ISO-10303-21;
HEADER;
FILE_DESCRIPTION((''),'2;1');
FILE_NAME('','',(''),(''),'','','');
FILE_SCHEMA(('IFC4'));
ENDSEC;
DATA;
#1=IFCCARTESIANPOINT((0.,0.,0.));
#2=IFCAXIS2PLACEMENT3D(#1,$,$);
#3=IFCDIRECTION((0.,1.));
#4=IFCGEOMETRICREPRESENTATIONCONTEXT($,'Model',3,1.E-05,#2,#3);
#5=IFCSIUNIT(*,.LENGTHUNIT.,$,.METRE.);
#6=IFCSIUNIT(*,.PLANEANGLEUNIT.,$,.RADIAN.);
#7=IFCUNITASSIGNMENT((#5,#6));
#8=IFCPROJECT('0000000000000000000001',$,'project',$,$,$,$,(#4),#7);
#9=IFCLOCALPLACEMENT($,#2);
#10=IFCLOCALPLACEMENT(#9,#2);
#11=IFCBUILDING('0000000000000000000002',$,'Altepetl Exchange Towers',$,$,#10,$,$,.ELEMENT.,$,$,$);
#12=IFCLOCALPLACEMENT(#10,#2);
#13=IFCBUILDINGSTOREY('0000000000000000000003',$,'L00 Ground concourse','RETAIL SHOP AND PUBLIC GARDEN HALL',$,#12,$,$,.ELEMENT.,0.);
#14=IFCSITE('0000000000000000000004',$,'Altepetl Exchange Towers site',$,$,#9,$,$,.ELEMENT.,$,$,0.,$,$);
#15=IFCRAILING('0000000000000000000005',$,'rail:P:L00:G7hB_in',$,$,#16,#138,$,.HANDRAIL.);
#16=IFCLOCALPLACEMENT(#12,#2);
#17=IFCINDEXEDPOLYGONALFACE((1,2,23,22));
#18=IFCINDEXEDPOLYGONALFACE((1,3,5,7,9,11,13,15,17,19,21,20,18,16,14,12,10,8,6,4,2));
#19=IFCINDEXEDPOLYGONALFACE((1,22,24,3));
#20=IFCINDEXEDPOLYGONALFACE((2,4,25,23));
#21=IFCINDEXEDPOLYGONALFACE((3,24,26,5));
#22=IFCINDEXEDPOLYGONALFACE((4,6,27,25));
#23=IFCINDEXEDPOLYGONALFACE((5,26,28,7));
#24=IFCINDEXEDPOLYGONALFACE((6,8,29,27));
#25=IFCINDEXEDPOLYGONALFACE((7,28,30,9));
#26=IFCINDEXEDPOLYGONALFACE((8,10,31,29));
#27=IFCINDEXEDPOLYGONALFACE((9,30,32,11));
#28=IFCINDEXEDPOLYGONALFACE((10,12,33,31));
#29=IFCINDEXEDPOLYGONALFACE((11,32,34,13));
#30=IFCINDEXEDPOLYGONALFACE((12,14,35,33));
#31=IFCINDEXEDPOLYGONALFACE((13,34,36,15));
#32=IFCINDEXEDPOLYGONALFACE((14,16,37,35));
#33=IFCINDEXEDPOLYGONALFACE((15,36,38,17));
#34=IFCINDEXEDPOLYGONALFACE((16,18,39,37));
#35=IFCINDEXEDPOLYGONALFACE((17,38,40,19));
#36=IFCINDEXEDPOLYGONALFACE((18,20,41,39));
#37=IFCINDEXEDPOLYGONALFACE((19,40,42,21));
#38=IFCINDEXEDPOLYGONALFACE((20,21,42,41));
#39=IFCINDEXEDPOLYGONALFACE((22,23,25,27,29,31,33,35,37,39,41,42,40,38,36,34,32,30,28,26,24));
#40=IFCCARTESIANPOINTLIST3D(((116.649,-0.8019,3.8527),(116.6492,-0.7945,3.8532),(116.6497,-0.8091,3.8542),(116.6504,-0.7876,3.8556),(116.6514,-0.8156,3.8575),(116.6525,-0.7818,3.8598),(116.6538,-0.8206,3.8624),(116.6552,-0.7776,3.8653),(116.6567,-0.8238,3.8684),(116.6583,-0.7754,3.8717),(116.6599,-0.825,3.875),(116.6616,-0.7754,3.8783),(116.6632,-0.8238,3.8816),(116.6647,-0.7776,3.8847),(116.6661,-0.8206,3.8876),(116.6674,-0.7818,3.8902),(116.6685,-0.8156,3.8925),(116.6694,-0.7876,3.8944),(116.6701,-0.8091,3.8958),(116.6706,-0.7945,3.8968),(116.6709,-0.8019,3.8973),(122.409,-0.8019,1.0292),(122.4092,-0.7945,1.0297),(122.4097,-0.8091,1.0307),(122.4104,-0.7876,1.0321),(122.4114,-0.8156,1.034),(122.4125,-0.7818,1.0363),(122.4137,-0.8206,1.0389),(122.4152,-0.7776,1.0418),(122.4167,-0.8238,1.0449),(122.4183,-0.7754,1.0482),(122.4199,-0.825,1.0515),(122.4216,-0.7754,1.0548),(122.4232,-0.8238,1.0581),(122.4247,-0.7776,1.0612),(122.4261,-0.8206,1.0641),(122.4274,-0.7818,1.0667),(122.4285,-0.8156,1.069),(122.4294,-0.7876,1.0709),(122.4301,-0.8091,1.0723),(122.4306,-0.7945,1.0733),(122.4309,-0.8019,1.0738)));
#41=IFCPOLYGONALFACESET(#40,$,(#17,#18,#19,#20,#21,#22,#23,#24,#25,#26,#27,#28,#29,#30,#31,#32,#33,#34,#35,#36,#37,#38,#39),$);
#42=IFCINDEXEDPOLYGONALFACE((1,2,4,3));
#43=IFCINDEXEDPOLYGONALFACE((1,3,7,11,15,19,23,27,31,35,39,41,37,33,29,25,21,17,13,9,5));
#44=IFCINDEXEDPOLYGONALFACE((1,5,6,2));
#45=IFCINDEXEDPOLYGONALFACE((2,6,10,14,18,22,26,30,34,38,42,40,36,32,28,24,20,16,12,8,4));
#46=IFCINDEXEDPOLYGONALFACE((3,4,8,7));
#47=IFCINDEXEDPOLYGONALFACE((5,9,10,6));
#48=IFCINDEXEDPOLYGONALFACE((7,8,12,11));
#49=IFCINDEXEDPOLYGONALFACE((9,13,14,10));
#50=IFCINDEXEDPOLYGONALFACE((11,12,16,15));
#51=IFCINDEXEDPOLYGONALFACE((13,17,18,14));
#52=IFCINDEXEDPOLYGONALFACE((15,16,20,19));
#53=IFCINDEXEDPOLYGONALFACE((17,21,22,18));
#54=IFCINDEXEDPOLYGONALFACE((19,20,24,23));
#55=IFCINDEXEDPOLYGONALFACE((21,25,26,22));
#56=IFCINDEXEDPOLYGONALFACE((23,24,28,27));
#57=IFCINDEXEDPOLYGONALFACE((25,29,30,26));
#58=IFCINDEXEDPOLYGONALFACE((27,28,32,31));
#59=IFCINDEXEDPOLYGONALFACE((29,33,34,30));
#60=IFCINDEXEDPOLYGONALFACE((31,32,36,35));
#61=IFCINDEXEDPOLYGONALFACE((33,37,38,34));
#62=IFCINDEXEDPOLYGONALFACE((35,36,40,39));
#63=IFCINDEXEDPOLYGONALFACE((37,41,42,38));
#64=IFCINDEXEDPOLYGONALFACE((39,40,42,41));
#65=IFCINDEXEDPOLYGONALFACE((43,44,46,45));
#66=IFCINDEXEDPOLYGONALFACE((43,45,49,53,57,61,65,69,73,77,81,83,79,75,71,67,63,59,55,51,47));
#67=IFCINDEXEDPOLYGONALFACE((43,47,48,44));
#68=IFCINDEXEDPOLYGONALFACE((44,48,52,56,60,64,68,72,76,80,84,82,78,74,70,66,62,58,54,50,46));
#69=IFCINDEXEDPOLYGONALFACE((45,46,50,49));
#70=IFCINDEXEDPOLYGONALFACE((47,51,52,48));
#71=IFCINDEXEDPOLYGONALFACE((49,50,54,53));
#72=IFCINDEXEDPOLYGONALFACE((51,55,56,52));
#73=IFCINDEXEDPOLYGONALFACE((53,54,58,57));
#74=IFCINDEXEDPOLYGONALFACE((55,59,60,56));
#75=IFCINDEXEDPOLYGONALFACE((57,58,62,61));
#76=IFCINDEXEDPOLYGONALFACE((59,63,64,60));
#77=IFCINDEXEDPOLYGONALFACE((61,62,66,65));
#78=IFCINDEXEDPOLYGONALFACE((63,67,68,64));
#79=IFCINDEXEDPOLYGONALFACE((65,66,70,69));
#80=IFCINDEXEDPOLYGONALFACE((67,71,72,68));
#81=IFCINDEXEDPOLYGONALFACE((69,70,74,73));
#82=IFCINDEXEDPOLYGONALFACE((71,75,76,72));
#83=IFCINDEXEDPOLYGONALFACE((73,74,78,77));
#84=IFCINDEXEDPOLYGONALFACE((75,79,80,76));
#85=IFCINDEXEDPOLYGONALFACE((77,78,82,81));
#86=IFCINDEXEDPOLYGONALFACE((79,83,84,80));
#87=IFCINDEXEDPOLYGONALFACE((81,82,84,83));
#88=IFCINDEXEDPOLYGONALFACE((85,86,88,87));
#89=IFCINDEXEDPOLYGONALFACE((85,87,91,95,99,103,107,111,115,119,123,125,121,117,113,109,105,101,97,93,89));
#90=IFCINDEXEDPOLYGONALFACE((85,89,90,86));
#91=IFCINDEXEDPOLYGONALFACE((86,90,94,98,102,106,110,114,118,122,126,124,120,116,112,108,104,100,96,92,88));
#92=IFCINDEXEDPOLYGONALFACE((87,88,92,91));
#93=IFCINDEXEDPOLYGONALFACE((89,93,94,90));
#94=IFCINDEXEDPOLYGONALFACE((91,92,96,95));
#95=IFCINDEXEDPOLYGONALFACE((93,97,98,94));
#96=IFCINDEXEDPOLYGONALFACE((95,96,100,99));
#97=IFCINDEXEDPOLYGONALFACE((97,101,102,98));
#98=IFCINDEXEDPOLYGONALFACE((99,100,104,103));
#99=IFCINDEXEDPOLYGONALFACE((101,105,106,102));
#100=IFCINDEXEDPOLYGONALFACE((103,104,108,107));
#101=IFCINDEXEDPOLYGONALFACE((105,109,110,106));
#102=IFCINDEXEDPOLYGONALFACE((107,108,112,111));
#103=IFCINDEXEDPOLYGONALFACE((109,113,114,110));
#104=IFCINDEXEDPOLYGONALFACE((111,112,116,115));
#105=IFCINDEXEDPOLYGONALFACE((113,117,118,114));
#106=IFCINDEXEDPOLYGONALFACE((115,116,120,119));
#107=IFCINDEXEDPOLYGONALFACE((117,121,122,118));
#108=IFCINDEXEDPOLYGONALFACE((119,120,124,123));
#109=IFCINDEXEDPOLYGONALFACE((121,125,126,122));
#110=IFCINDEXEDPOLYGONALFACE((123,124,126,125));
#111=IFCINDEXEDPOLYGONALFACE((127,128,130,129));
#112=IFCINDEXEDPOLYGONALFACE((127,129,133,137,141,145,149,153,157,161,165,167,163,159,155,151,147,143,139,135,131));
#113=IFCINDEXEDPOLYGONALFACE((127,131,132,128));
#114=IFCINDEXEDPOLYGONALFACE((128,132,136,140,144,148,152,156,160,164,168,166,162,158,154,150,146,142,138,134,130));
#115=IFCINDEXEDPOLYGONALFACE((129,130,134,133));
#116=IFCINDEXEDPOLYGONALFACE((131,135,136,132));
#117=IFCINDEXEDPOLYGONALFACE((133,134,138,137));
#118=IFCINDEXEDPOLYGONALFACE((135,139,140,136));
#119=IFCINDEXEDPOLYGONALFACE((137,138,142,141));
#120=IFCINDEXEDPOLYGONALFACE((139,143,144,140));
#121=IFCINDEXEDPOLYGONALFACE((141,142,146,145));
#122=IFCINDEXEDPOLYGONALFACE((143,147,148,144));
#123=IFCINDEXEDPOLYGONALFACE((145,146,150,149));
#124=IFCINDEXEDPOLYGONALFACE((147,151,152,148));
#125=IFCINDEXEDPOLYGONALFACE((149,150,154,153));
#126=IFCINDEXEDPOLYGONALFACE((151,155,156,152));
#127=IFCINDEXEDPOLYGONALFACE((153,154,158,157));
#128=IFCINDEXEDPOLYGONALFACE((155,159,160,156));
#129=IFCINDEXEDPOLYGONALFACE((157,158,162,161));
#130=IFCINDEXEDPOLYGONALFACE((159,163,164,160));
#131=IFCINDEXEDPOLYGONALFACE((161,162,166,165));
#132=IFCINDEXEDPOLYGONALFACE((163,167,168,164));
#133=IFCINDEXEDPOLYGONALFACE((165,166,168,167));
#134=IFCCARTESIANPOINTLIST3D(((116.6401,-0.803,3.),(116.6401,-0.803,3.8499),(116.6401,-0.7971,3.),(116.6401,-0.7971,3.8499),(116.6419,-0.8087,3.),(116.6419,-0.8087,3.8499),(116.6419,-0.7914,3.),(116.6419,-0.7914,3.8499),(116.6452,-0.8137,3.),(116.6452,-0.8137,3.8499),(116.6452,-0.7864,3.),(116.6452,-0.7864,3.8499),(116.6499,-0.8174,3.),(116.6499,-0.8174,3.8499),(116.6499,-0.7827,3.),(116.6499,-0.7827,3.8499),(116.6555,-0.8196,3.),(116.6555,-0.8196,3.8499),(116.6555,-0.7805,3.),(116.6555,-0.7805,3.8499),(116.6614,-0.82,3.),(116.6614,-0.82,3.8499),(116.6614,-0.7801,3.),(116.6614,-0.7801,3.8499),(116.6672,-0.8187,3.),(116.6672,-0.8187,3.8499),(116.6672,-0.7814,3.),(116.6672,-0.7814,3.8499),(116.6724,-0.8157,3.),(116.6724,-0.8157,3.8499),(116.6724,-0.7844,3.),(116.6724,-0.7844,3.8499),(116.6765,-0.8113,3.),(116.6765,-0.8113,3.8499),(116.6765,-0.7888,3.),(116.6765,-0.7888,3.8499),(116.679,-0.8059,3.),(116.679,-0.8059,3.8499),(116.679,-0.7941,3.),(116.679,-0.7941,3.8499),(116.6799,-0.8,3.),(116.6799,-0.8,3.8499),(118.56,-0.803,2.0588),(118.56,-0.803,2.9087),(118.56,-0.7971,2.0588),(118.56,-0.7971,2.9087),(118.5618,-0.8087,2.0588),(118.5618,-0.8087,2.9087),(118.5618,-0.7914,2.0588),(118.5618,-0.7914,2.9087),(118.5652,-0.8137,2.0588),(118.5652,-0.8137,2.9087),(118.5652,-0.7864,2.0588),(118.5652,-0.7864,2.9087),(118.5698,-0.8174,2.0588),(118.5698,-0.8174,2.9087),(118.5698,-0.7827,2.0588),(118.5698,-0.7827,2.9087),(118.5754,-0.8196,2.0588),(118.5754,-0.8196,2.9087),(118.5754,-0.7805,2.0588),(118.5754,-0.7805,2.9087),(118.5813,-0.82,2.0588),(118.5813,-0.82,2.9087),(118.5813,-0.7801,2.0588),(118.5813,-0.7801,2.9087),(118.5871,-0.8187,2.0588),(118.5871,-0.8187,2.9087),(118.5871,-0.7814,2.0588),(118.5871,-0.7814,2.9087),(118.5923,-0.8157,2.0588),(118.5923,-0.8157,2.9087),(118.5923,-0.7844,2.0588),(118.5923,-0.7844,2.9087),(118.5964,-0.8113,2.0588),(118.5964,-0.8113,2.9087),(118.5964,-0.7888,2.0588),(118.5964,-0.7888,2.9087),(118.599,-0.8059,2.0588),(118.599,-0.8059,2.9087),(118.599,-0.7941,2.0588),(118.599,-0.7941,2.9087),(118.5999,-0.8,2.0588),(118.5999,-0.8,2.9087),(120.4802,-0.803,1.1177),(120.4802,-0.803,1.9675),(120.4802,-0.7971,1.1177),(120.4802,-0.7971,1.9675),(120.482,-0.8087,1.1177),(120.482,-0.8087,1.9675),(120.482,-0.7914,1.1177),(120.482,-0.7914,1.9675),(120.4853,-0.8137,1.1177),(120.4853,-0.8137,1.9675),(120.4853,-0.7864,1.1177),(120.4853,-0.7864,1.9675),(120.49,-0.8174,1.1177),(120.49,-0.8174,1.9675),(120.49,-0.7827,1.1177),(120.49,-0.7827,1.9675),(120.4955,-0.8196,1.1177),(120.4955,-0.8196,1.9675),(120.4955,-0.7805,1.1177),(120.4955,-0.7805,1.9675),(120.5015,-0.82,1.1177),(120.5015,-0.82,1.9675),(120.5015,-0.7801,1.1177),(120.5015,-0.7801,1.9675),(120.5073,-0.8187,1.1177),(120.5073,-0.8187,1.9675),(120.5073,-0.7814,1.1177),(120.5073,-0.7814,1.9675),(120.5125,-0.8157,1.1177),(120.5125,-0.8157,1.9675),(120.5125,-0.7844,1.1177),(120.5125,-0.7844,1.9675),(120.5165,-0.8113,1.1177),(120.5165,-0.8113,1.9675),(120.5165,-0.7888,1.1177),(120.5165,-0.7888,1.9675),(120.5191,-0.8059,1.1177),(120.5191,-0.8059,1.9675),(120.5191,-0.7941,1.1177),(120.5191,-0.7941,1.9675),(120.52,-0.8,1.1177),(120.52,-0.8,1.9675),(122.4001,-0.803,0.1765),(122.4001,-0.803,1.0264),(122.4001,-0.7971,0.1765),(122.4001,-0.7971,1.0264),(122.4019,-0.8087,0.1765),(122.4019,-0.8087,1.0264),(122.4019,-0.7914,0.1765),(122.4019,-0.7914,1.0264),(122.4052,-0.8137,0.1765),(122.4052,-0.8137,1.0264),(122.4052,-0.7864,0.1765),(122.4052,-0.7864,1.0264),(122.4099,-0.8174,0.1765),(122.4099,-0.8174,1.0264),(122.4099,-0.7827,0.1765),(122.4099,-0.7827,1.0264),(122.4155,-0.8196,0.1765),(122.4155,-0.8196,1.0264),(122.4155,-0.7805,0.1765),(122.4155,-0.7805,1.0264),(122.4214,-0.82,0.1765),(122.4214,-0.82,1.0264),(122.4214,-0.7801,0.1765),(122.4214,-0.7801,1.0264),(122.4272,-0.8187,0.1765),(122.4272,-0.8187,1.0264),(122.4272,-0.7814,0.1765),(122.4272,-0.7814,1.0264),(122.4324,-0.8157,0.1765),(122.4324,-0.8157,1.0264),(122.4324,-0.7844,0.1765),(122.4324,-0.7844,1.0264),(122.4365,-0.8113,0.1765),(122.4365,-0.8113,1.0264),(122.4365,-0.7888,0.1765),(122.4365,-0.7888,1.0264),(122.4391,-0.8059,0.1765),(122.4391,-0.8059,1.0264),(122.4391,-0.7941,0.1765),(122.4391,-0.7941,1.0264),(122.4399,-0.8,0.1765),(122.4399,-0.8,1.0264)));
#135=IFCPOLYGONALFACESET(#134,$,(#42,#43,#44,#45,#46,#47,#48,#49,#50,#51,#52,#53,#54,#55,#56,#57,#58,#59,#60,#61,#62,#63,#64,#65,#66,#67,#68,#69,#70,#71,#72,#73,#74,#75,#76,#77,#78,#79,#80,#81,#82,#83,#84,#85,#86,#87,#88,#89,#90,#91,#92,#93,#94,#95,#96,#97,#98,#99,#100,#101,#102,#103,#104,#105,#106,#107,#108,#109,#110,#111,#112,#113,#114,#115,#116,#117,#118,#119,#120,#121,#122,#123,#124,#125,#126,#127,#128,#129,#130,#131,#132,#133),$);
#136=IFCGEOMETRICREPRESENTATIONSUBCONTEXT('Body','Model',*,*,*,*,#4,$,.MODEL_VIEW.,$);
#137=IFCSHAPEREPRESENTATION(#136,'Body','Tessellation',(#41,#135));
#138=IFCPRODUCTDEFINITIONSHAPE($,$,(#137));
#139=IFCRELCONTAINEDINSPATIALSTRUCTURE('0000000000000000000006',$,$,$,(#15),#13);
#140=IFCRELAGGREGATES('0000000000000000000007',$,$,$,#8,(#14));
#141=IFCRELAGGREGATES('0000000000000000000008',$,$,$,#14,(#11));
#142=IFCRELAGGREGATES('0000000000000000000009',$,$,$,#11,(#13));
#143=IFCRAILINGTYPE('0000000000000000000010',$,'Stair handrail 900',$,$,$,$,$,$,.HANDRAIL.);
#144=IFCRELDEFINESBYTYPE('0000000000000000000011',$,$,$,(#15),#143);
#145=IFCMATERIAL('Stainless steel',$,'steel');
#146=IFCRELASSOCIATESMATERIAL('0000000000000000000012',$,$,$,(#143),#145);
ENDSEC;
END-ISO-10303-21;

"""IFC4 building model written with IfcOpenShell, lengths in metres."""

from ifc_helpers import new_model, si_unit, direction, frame, origin, origin_2d, place, context, subcontext, project, spatial, circle, extrude, source, transform, mapped, material, type_object, element, save


model = new_model("IFC4")

# Units and contexts
model_context = context("Model", 3, precision=1e-05, world=origin(), true_north=direction((0.0, 1.0)))
body_context = subcontext(model_context, "Body", "Model", "MODEL_VIEW")
ifc_project = project(units=[si_unit("LENGTHUNIT", "METRE"), si_unit("PLANEANGLEUNIT", "RADIAN")], contexts=[model_context])

# Site, building, storey
site_placement = place(None, origin())
site = spatial("IfcSite", under=ifc_project, at=site_placement, Name="Altepetl Exchange Towers site", CompositionType="ELEMENT", RefElevation=0.0)
building_placement = place(site_placement, origin())
building = spatial("IfcBuilding", under=site, at=building_placement, Name="Altepetl Exchange Towers", CompositionType="ELEMENT")
storey_placement = place(building_placement, origin())
storey = spatial("IfcBuildingStorey", under=building, at=storey_placement, Name="L00 Ground concourse", Description="RETAIL SHOP AND PUBLIC GARDEN HALL", CompositionType="ELEMENT", Elevation=0.0)

# Railing
ifc_material_1 = material(Name="Stainless steel", Category="steel")
railing_type_1 = type_object("IfcRailingType", Name="Stair handrail 900", PredefinedType="HANDRAIL", material=ifc_material_1)
shared_shape_1 = source(origin(), body_context, "Body", "SweptSolid", [
    extrude(circle(Radius=0.02, at=origin_2d()), origin(), (0.0, 0.0, 1.0), 0.8499),
])
for number, where, name in (
    (1, (122.4199, -0.8, 0.1765), "rail:P:L00:G7hB_in"),
):
    element("IfcRailing", number, at=place(storey_placement, frame(where)), inside=storey, type_object=railing_type_1, Name=name, PredefinedType="HANDRAIL", context=body_context, shape_type="SweptSolid", body=[
        extrude(circle(Radius=0.0249, at=origin_2d()), frame((0.0, 0.0, 0.875), z_axis=(-0.897924, 0.0, 0.440151), x_axis=(0.0, -1.0, 0.0)), (0.0, 0.0, 1.0), 6.4148),
        mapped(shared_shape_1, transform((0.0, 0.0, 0.0))),
        mapped(shared_shape_1, transform((-1.9199, 0.0, 0.9412))),
        mapped(shared_shape_1, transform((-3.8401, 0.0, 1.8823))),
        mapped(shared_shape_1, transform((-5.76, 0.0, 2.8235))),
    ])

save(model, "model.ifc")
